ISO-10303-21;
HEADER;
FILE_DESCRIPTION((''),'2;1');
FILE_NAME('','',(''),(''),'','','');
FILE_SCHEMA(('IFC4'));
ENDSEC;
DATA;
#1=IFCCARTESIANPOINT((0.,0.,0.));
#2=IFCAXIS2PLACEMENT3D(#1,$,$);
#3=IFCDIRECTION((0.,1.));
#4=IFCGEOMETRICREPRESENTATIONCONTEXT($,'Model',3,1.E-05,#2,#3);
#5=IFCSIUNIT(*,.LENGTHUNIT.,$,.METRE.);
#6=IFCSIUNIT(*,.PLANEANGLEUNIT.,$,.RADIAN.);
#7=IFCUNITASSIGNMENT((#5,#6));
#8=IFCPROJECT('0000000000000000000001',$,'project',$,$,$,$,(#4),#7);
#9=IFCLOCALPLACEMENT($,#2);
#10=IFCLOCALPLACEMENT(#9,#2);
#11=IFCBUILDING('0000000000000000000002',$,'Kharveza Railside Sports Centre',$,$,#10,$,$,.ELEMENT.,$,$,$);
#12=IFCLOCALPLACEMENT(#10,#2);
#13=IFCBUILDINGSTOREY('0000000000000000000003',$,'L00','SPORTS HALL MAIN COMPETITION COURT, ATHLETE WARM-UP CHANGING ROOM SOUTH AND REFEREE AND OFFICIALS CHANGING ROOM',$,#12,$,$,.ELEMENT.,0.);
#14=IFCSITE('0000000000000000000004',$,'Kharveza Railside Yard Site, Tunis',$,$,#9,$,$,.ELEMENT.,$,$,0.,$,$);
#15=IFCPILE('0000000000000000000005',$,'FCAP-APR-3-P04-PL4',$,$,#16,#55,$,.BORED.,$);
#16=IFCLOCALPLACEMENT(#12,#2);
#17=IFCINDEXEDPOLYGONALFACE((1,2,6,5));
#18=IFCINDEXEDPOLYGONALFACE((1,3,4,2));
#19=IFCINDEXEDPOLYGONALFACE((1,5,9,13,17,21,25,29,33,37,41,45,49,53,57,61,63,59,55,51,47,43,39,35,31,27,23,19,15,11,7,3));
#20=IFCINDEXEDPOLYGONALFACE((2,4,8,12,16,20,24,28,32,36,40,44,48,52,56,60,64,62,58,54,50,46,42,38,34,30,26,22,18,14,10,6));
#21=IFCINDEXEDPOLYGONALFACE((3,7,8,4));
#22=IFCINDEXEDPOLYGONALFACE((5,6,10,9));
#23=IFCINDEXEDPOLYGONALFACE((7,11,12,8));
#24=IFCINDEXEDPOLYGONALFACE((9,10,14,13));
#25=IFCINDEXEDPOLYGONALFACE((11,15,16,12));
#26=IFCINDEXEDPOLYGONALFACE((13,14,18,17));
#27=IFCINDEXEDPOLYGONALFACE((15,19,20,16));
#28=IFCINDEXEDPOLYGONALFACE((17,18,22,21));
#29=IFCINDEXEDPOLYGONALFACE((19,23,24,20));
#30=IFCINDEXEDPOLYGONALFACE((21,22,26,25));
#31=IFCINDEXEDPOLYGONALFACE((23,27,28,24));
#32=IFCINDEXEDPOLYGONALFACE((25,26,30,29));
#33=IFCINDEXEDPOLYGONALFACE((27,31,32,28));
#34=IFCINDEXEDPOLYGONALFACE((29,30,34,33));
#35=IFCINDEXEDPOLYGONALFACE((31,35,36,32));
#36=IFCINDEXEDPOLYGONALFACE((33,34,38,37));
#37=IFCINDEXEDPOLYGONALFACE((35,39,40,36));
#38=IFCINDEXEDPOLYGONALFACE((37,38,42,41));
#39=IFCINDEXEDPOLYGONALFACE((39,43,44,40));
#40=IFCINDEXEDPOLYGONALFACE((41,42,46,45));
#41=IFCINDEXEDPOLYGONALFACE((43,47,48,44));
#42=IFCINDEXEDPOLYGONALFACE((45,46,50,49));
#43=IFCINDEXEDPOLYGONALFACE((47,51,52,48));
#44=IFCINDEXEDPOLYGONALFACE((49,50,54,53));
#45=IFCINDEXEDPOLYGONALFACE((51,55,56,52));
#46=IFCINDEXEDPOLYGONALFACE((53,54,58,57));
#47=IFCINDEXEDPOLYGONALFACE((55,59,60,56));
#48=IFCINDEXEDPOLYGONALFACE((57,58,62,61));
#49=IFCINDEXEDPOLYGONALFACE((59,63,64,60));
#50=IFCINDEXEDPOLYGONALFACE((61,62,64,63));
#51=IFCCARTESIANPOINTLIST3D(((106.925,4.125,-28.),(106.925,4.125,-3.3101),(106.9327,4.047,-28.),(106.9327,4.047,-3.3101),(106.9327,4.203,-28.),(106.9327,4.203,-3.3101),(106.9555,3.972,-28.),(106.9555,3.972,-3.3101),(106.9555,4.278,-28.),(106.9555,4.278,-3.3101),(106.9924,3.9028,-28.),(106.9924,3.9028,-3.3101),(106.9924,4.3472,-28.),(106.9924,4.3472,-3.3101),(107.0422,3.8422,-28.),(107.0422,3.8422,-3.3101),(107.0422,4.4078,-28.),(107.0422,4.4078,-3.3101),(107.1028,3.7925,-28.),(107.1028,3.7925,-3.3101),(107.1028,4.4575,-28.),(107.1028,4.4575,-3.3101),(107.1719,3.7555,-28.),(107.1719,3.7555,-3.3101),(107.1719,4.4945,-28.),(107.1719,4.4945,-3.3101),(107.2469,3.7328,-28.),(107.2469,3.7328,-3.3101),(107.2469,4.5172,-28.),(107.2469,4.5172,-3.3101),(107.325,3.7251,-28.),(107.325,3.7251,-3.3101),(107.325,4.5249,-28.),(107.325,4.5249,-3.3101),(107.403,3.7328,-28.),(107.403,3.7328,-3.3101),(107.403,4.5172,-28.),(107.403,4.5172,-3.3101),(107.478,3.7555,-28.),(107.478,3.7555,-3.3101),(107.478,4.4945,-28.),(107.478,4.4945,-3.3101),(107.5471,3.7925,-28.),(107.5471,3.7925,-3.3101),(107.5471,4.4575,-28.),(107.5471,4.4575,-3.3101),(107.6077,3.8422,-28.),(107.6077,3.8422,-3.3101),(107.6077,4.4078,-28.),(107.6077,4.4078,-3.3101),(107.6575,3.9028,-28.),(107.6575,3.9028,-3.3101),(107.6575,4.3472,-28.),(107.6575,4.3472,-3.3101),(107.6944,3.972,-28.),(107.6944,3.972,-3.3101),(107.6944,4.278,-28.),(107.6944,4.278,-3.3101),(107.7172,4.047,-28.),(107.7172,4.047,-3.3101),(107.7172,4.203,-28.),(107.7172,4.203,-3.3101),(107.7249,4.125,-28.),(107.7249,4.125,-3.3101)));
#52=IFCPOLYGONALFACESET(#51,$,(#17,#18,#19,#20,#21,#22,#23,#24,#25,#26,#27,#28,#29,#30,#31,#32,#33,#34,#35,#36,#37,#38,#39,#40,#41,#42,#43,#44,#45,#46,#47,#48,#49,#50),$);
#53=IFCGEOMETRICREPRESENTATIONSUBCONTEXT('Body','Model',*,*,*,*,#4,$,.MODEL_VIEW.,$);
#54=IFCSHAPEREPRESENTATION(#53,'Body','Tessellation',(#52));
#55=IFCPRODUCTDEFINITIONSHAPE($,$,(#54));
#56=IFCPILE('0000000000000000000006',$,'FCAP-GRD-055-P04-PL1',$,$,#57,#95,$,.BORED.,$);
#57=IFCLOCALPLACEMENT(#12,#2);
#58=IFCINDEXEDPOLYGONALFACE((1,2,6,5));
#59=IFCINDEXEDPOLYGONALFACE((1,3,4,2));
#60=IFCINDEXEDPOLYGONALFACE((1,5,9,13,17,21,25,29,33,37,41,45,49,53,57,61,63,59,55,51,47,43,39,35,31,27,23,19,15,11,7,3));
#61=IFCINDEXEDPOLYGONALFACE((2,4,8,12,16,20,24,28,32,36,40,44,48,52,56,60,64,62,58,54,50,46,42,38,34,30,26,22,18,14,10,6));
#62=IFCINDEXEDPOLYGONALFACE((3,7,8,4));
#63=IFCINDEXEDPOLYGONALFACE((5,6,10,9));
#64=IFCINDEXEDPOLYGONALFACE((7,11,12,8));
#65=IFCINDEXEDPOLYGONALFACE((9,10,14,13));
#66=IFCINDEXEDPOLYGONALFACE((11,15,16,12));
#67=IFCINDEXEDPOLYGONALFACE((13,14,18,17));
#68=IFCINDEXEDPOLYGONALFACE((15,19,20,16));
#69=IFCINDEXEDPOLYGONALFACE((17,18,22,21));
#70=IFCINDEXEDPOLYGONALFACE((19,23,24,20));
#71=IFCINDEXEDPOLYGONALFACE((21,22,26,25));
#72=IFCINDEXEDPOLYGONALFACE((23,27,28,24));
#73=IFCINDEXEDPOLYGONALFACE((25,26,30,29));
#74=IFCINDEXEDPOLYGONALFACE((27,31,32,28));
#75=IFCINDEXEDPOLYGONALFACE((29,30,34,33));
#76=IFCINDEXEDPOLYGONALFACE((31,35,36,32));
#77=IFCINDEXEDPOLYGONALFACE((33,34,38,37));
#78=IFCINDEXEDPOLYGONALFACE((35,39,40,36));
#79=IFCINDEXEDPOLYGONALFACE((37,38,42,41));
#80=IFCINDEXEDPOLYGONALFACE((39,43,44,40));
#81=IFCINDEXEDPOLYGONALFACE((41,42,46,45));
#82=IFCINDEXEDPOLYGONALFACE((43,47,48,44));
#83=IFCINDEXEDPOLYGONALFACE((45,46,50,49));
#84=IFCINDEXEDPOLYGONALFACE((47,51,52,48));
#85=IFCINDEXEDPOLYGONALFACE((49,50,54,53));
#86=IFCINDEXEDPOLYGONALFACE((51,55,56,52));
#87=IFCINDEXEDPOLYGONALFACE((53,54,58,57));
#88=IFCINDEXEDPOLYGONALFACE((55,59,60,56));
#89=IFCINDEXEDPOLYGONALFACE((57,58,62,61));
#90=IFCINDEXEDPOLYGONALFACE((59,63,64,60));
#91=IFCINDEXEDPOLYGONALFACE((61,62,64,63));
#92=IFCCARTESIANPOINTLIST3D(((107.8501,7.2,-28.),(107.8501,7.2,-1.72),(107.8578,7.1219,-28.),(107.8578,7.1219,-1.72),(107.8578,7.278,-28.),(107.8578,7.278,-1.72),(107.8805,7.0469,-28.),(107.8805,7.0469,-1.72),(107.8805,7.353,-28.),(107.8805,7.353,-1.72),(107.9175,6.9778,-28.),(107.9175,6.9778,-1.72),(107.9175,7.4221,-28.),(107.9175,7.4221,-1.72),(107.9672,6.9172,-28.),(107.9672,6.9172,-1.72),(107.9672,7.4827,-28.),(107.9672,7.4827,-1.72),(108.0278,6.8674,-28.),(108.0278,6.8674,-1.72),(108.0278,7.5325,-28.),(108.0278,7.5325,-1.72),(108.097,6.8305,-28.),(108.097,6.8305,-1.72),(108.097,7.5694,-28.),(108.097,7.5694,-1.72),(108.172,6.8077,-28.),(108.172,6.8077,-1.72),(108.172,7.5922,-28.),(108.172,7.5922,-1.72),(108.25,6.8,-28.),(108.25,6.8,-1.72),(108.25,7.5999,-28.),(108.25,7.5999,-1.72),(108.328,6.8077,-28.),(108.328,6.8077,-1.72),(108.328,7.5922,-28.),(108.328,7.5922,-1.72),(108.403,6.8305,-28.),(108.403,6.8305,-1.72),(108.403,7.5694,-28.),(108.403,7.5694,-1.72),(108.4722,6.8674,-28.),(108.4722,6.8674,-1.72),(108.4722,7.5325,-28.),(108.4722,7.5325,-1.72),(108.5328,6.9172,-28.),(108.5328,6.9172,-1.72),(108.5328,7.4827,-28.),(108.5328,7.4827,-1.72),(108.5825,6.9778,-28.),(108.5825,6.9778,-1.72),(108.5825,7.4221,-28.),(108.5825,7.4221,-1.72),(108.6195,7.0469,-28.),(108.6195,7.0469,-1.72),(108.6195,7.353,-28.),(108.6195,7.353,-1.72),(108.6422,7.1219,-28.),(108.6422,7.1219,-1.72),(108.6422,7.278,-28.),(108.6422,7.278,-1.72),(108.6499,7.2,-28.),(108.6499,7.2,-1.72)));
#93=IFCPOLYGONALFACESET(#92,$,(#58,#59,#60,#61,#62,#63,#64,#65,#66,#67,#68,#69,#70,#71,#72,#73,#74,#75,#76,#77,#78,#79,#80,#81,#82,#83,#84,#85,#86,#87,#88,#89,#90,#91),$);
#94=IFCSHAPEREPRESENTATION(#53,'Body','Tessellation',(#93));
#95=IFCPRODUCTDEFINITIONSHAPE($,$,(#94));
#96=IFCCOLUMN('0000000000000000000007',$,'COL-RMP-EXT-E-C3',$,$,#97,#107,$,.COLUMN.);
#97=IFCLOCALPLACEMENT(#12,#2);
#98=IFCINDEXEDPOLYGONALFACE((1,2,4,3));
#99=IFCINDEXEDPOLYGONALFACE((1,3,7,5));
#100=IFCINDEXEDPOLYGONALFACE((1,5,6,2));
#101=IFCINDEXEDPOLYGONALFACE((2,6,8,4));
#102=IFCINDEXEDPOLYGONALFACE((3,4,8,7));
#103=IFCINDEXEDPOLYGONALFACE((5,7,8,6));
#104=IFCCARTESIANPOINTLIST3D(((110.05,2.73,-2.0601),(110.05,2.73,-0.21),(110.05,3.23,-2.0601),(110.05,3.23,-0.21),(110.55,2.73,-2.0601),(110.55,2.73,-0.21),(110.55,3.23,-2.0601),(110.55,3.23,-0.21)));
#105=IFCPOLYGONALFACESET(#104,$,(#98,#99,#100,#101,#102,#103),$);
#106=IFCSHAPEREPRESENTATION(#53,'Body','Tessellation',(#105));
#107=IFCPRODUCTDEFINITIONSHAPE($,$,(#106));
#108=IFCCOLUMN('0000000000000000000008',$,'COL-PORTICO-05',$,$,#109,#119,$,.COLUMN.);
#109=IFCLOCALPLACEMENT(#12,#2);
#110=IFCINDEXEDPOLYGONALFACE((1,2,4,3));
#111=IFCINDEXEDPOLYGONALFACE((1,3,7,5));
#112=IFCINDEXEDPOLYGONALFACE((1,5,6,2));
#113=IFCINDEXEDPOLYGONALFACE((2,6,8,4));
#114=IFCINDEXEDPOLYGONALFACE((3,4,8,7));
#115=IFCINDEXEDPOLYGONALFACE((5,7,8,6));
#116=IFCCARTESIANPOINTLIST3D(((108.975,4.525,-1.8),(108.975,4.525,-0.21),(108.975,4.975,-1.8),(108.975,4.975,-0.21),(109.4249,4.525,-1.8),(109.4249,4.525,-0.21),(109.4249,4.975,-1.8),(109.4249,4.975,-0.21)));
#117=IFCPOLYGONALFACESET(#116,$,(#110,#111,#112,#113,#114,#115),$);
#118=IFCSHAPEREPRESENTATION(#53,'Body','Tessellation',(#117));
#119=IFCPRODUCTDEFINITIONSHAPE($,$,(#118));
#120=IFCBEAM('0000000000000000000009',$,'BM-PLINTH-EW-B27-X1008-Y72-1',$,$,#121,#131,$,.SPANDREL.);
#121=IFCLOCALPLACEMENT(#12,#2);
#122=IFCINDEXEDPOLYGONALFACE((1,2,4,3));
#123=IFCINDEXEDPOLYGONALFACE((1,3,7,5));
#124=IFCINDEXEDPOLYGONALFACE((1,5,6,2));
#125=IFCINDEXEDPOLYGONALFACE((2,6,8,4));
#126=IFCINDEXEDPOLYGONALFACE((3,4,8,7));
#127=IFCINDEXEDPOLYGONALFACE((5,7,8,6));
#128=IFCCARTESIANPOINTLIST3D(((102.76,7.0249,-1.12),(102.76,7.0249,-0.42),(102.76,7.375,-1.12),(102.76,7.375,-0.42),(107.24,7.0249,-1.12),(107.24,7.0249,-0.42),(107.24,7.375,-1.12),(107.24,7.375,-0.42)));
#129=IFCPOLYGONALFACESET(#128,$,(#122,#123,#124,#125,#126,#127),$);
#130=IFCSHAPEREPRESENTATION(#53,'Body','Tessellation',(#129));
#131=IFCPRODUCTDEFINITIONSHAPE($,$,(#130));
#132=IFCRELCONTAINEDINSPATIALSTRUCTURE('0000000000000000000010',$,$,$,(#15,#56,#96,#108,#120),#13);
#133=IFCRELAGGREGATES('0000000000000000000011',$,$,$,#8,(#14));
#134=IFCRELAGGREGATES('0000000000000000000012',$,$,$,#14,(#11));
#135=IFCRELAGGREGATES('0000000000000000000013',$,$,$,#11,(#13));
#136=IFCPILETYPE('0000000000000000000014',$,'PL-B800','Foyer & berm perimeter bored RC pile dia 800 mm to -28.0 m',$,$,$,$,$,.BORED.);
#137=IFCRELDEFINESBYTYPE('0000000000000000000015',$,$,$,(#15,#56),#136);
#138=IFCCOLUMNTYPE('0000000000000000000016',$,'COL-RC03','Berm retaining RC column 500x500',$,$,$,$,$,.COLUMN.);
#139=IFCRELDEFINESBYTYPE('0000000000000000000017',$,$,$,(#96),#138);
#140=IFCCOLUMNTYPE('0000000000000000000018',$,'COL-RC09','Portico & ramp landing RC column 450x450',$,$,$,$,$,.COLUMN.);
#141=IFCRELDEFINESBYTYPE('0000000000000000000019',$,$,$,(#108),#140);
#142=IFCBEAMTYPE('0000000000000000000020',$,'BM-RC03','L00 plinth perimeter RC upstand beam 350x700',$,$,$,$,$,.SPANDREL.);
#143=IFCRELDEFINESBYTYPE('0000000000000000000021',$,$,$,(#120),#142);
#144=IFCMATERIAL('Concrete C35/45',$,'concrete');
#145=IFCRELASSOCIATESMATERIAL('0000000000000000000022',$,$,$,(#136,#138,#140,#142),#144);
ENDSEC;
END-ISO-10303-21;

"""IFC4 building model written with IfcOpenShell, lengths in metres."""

from ifc_helpers import new_model, si_unit, direction, frame, origin, origin_2d, place, context, subcontext, project, spatial, rectangle, circle, extrude, material, material_profile, profile_set, type_object, element, save


model = new_model("IFC4")

# Units and contexts
model_context = context("Model", 3, precision=1e-05, world=origin(), true_north=direction((0.0, 1.0)))
body_context = subcontext(model_context, "Body", "Model", "MODEL_VIEW")
ifc_project = project(units=[si_unit("LENGTHUNIT", "METRE"), si_unit("PLANEANGLEUNIT", "RADIAN")], contexts=[model_context])

# Site, building, storey
site_placement = place(None, origin())
site = spatial("IfcSite", under=ifc_project, at=site_placement, Name="Kharveza Railside Yard Site, Tunis", CompositionType="ELEMENT", RefElevation=0.0)
building_placement = place(site_placement, origin())
building = spatial("IfcBuilding", under=site, at=building_placement, Name="Kharveza Railside Sports Centre", CompositionType="ELEMENT")
storey_placement = place(building_placement, origin())
storey = spatial("IfcBuildingStorey", under=building, at=storey_placement, Name="L00", Description="SPORTS HALL MAIN COMPETITION COURT, ATHLETE WARM-UP CHANGING ROOM SOUTH AND REFEREE AND OFFICIALS CHANGING ROOM", CompositionType="ELEMENT", Elevation=0.0)

# Shared definitions
ifc_material_1 = material(Name="Concrete C35/45", Category="concrete")

# Piles
ifc_material_profile_1 = material_profile(ifc_material_1, circle(Radius=0.3999, at=origin_2d()), Name="PILE D800")
ifc_profile_set_1 = profile_set([ifc_material_profile_1], Name="Concrete C35/45")
pile_type = type_object("IfcPileType", Name="PL-B800", Description="Foyer & berm perimeter bored RC pile dia 800 mm to -28.0 m", PredefinedType="BORED", material=ifc_profile_set_1)
for number, where, z_axis, x_axis, name in (
    (1, (107.325, 4.125, -3.3101), (0.0, 0.0, -1.0), (1.0, 0.0, 0.0), "FCAP-APR-3-P04-PL4"),
):
    element("IfcPile", number, at=place(storey_placement, frame(where, z_axis=z_axis, x_axis=x_axis)), inside=storey, type_object=pile_type, Name=name, PredefinedType="BORED", context=body_context, shape_type="SweptSolid", body=[
        extrude(circle(Radius=0.3999, at=origin_2d()), origin(), (0.0, 0.0, 1.0), 24.6899),
    ])
pile_placement = place(storey_placement, frame((108.25, 7.2, -1.72), z_axis=(0.0, 0.0, -1.0), x_axis=(1.0, 0.0, 0.0)))
element("IfcPile", 2, at=pile_placement, inside=storey, type_object=pile_type, Name="FCAP-GRD-055-P04-PL1", PredefinedType="BORED", context=body_context, shape_type="SweptSolid", body=[
    extrude(circle(Radius=0.3999, at=origin_2d()), origin(), (0.0, 0.0, 1.0), 26.28),
])

# Columns
ifc_material_profile_2 = material_profile(ifc_material_1, rectangle(XDim=0.5, YDim=0.5, at=origin_2d()), Name="RC 500x500")
ifc_profile_set_2 = profile_set([ifc_material_profile_2], Name="Concrete C35/45")
column_type_1 = type_object("IfcColumnType", Name="COL-RC03", Description="Berm retaining RC column 500x500", PredefinedType="COLUMN", material=ifc_profile_set_2)
column_1_placement = place(storey_placement, frame((110.3, 2.98, -2.0601), z_axis=(0.0, 0.0, 1.0), x_axis=(1.0, 0.0, 0.0)))
element("IfcColumn", 3, at=column_1_placement, inside=storey, type_object=column_type_1, Name="COL-RMP-EXT-E-C3", PredefinedType="COLUMN", context=body_context, shape_type="SweptSolid", body=[
    extrude(rectangle(XDim=0.5, YDim=0.5, at=origin_2d()), origin(), (0.0, 0.0, 1.0), 1.8501),
])
ifc_material_profile_3 = material_profile(ifc_material_1, rectangle(XDim=0.45, YDim=0.45, at=origin_2d()), Name="RC 450x450")
ifc_profile_set_3 = profile_set([ifc_material_profile_3], Name="Concrete C35/45")
column_type_2 = type_object("IfcColumnType", Name="COL-RC09", Description="Portico & ramp landing RC column 450x450", PredefinedType="COLUMN", material=ifc_profile_set_3)
column_2_placement = place(storey_placement, frame((109.2, 4.75, -1.8), z_axis=(0.0, 0.0, 1.0), x_axis=(1.0, 0.0, 0.0)))
element("IfcColumn", 4, at=column_2_placement, inside=storey, type_object=column_type_2, Name="COL-PORTICO-05", PredefinedType="COLUMN", context=body_context, shape_type="SweptSolid", body=[
    extrude(rectangle(XDim=0.45, YDim=0.45, at=origin_2d()), origin(), (0.0, 0.0, 1.0), 1.5901),
])

# Beam
ifc_material_profile_4 = material_profile(ifc_material_1, rectangle(XDim=0.3501, YDim=0.7, at=origin_2d()), Name="RCB 350x700")
ifc_profile_set_4 = profile_set([ifc_material_profile_4], Name="Concrete C35/45")
beam_type = type_object("IfcBeamType", Name="BM-RC03", Description="L00 plinth perimeter RC upstand beam 350x700", PredefinedType="SPANDREL", material=ifc_profile_set_4)
beam_placement = place(storey_placement, frame((102.76, 7.2, -0.77), z_axis=(1.0, 0.0, 0.0), x_axis=(0.0, 1.0, 0.0)))
element("IfcBeam", 5, at=beam_placement, inside=storey, type_object=beam_type, Name="BM-PLINTH-EW-B27-X1008-Y72-1", PredefinedType="SPANDREL", context=body_context, shape_type="SweptSolid", body=[
    extrude(rectangle(XDim=0.3501, YDim=0.7, at=origin_2d()), origin(), (0.0, 0.0, 1.0), 4.48),
])

save(model, "model.ifc")
